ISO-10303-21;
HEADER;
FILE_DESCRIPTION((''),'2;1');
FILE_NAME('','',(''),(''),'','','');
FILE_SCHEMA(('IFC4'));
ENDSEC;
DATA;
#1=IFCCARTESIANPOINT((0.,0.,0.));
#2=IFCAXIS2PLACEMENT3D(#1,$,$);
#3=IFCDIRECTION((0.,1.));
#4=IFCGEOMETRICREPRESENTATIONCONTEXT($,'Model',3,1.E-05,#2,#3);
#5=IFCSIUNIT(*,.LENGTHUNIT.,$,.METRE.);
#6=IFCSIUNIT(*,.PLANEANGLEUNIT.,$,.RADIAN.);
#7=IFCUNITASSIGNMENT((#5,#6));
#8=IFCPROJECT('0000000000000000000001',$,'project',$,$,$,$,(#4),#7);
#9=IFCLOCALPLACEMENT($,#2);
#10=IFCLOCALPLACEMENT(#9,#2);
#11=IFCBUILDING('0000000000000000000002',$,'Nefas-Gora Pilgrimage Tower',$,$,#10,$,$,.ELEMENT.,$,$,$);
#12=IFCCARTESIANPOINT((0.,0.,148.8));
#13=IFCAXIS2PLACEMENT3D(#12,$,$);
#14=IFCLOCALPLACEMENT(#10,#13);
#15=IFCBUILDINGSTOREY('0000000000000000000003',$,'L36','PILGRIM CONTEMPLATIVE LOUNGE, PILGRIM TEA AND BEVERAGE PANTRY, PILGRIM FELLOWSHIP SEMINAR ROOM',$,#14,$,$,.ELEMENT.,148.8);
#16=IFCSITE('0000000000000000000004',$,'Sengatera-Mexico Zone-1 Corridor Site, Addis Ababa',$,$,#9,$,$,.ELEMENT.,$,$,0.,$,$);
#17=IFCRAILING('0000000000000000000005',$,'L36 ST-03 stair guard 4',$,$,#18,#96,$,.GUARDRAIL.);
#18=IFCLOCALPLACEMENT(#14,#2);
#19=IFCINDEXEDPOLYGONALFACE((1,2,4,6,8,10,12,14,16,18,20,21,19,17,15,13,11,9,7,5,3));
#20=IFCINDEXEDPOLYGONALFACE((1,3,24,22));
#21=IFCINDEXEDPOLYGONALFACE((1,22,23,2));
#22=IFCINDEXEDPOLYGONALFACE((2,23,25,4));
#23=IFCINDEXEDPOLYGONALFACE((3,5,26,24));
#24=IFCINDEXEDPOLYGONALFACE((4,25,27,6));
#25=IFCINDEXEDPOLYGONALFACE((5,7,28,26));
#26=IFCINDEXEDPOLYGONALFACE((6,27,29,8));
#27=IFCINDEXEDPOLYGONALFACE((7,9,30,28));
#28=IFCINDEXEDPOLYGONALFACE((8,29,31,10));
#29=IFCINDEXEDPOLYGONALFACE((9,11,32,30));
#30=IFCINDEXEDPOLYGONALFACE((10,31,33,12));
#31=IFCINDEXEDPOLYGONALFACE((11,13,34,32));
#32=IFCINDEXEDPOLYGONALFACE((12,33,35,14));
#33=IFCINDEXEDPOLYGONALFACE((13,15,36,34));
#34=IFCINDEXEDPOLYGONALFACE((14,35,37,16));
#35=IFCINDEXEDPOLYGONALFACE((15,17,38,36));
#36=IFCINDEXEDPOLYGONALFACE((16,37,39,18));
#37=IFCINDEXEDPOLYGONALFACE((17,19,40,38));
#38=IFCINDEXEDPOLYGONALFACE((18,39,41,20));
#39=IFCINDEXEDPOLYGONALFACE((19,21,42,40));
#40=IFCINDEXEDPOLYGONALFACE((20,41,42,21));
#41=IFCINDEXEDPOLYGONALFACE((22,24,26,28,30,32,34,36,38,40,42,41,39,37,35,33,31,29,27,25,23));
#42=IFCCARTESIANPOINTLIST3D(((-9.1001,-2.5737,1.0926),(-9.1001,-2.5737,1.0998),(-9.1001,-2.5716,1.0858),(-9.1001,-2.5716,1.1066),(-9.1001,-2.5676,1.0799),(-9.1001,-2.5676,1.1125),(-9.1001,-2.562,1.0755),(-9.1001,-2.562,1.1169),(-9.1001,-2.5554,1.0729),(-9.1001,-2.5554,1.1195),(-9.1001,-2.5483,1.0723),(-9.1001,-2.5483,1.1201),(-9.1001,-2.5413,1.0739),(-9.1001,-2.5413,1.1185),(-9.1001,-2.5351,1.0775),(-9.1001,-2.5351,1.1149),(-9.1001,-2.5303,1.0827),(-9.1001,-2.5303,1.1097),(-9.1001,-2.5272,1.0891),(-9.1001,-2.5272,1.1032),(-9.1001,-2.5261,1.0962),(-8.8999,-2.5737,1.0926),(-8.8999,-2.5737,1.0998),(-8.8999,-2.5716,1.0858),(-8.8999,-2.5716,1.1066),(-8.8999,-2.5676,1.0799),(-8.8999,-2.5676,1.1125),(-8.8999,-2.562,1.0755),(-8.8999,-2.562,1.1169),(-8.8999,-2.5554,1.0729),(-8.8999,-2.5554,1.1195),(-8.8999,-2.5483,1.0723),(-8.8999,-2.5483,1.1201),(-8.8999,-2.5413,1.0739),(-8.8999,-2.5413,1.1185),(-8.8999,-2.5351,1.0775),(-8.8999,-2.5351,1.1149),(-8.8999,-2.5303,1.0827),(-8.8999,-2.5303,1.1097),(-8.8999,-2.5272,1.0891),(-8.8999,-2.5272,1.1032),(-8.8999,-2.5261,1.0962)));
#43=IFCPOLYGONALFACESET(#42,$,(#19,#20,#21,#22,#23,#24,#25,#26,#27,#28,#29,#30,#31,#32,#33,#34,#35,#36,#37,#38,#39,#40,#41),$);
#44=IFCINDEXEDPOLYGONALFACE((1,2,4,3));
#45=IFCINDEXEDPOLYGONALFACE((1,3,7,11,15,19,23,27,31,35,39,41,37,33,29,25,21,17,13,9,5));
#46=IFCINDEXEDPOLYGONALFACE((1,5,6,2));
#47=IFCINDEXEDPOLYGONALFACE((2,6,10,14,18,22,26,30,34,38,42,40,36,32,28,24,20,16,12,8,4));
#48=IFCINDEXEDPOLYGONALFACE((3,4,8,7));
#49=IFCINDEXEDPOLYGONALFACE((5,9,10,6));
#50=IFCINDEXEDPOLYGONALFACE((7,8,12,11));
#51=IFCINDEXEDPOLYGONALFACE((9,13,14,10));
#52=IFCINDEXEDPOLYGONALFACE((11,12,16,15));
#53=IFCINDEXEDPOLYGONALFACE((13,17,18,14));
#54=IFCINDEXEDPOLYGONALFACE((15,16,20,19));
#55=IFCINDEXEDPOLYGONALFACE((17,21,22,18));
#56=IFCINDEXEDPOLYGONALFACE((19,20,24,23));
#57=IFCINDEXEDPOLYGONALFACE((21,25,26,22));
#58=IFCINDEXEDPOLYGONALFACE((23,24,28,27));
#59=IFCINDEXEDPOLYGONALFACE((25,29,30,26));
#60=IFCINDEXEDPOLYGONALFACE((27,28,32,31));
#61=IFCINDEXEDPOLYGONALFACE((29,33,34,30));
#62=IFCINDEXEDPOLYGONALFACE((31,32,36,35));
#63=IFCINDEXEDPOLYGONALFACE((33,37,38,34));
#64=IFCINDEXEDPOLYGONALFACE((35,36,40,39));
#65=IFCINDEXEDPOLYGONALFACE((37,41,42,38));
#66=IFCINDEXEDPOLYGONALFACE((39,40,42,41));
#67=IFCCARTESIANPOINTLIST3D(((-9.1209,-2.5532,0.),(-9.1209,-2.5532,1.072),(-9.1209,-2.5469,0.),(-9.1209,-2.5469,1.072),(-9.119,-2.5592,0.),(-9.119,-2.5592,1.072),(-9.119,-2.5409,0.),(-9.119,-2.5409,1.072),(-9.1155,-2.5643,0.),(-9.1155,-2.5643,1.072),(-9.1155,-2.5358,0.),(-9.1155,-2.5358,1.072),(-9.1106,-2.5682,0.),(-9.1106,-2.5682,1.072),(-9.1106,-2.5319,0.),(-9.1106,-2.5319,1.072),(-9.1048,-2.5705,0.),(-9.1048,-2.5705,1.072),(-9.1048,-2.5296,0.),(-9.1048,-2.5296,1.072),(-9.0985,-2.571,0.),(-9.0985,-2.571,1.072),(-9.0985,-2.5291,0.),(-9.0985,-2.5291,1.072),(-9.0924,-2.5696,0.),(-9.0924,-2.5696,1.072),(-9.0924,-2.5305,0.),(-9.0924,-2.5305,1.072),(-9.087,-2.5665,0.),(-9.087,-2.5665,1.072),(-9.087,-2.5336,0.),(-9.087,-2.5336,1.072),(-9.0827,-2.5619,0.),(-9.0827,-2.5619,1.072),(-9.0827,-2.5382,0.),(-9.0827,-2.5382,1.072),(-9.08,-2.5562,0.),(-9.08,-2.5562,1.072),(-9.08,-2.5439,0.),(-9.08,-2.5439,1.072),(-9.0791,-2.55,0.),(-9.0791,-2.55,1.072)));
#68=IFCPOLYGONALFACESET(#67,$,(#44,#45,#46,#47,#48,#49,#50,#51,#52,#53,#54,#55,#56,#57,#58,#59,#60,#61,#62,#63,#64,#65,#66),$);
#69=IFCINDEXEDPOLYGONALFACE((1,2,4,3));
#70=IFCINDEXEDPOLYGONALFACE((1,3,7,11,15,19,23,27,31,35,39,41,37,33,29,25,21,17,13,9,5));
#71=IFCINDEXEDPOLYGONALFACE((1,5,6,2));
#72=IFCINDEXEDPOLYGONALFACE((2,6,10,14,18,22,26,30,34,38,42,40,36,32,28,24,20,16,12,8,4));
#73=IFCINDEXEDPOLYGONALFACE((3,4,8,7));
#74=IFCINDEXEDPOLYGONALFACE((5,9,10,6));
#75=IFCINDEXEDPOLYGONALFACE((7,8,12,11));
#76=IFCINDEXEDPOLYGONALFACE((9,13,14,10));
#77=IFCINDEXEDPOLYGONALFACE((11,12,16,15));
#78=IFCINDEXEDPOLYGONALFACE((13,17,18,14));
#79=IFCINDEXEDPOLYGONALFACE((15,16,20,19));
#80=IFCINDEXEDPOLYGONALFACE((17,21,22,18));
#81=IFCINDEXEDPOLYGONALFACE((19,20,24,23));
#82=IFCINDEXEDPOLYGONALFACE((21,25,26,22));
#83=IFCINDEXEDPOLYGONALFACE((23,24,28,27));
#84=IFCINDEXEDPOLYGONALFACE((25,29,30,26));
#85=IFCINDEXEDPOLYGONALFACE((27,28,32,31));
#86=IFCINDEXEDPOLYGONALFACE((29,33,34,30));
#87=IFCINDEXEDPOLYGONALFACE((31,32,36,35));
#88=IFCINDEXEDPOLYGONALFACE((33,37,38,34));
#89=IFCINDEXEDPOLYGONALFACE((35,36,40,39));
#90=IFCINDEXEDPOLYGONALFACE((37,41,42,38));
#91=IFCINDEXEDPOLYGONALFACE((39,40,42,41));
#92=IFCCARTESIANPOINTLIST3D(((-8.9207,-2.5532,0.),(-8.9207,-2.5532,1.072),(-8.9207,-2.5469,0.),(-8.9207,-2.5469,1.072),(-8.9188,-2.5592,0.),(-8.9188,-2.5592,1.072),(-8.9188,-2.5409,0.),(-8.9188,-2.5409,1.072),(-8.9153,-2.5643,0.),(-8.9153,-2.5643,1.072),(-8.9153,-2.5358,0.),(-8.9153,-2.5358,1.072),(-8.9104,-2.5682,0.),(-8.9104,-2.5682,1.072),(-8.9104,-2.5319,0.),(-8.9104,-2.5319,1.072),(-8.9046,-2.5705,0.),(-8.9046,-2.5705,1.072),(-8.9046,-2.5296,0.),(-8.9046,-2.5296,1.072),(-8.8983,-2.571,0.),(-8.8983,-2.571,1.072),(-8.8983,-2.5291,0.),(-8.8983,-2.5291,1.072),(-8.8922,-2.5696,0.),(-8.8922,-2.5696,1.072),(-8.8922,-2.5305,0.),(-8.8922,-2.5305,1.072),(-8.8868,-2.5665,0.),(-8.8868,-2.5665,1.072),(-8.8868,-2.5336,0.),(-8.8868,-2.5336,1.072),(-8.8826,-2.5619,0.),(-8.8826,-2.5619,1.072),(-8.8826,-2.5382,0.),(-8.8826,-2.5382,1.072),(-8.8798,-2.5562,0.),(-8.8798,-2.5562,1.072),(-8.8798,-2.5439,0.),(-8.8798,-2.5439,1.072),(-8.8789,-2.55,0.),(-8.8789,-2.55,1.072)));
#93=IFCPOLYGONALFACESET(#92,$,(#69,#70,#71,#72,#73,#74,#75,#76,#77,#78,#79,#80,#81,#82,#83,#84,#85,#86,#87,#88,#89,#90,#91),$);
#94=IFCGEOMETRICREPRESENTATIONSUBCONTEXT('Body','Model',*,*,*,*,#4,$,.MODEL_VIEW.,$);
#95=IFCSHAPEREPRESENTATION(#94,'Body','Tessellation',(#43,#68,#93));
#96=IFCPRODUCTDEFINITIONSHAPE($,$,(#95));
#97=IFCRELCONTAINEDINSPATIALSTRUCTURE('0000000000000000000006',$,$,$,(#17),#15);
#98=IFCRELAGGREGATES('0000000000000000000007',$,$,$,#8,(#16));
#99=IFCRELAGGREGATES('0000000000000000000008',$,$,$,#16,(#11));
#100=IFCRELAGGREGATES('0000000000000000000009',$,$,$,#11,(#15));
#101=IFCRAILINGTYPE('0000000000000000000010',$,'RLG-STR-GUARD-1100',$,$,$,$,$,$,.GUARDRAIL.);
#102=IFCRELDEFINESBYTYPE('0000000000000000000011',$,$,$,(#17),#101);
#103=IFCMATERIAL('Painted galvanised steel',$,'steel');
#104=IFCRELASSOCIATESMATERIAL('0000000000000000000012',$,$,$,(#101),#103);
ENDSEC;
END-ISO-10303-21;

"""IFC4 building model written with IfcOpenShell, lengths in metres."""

from ifc_helpers import new_model, si_unit, direction, frame, origin, origin_2d, place, context, subcontext, project, spatial, circle, extrude, material, type_object, element, save


model = new_model("IFC4")

# Units and contexts
model_context = context("Model", 3, precision=1e-05, world=origin(), true_north=direction((0.0, 1.0)))
body_context = subcontext(model_context, "Body", "Model", "MODEL_VIEW")
ifc_project = project(units=[si_unit("LENGTHUNIT", "METRE"), si_unit("PLANEANGLEUNIT", "RADIAN")], contexts=[model_context])

# Site, building, storey
site_placement = place(None, origin())
site = spatial("IfcSite", under=ifc_project, at=site_placement, Name="Sengatera-Mexico Zone-1 Corridor Site, Addis Ababa", CompositionType="ELEMENT", RefElevation=0.0)
building_placement = place(site_placement, origin())
building = spatial("IfcBuilding", under=site, at=building_placement, Name="Nefas-Gora Pilgrimage Tower", CompositionType="ELEMENT")
storey_placement = place(building_placement, frame((0.0, 0.0, 148.8)))
storey = spatial("IfcBuildingStorey", under=building, at=storey_placement, Name="L36", Description="PILGRIM CONTEMPLATIVE LOUNGE, PILGRIM TEA AND BEVERAGE PANTRY, PILGRIM FELLOWSHIP SEMINAR ROOM", CompositionType="ELEMENT", Elevation=148.8)

# Railing
ifc_material_1 = material(Name="Painted galvanised steel", Category="steel")
railing_type_1 = type_object("IfcRailingType", Name="RLG-STR-GUARD-1100", PredefinedType="GUARDRAIL", material=ifc_material_1)
railing_1_placement = place(storey_placement, frame((-9.1001, -2.55, 0.0)))
element("IfcRailing", 1, at=railing_1_placement, inside=storey, type_object=railing_type_1, Name="L36 ST-03 stair guard 4", PredefinedType="GUARDRAIL", context=body_context, shape_type="SweptSolid", body=[
    extrude(circle(Radius=0.0239, at=origin_2d()), frame((0.0, 0.0, 1.0962), z_axis=(1.0, 0.0, 0.0), x_axis=(0.0, 1.0, 0.0)), (0.0, 0.0, 1.0), 0.2002),
    extrude(circle(Radius=0.021, at=origin_2d()), origin(), (0.0, 0.0, 1.0), 1.072),
    extrude(circle(Radius=0.021, at=origin_2d()), frame((0.2002, 0.0, 0.0)), (0.0, 0.0, 1.0), 1.072),
])

save(model, "model.ifc")
